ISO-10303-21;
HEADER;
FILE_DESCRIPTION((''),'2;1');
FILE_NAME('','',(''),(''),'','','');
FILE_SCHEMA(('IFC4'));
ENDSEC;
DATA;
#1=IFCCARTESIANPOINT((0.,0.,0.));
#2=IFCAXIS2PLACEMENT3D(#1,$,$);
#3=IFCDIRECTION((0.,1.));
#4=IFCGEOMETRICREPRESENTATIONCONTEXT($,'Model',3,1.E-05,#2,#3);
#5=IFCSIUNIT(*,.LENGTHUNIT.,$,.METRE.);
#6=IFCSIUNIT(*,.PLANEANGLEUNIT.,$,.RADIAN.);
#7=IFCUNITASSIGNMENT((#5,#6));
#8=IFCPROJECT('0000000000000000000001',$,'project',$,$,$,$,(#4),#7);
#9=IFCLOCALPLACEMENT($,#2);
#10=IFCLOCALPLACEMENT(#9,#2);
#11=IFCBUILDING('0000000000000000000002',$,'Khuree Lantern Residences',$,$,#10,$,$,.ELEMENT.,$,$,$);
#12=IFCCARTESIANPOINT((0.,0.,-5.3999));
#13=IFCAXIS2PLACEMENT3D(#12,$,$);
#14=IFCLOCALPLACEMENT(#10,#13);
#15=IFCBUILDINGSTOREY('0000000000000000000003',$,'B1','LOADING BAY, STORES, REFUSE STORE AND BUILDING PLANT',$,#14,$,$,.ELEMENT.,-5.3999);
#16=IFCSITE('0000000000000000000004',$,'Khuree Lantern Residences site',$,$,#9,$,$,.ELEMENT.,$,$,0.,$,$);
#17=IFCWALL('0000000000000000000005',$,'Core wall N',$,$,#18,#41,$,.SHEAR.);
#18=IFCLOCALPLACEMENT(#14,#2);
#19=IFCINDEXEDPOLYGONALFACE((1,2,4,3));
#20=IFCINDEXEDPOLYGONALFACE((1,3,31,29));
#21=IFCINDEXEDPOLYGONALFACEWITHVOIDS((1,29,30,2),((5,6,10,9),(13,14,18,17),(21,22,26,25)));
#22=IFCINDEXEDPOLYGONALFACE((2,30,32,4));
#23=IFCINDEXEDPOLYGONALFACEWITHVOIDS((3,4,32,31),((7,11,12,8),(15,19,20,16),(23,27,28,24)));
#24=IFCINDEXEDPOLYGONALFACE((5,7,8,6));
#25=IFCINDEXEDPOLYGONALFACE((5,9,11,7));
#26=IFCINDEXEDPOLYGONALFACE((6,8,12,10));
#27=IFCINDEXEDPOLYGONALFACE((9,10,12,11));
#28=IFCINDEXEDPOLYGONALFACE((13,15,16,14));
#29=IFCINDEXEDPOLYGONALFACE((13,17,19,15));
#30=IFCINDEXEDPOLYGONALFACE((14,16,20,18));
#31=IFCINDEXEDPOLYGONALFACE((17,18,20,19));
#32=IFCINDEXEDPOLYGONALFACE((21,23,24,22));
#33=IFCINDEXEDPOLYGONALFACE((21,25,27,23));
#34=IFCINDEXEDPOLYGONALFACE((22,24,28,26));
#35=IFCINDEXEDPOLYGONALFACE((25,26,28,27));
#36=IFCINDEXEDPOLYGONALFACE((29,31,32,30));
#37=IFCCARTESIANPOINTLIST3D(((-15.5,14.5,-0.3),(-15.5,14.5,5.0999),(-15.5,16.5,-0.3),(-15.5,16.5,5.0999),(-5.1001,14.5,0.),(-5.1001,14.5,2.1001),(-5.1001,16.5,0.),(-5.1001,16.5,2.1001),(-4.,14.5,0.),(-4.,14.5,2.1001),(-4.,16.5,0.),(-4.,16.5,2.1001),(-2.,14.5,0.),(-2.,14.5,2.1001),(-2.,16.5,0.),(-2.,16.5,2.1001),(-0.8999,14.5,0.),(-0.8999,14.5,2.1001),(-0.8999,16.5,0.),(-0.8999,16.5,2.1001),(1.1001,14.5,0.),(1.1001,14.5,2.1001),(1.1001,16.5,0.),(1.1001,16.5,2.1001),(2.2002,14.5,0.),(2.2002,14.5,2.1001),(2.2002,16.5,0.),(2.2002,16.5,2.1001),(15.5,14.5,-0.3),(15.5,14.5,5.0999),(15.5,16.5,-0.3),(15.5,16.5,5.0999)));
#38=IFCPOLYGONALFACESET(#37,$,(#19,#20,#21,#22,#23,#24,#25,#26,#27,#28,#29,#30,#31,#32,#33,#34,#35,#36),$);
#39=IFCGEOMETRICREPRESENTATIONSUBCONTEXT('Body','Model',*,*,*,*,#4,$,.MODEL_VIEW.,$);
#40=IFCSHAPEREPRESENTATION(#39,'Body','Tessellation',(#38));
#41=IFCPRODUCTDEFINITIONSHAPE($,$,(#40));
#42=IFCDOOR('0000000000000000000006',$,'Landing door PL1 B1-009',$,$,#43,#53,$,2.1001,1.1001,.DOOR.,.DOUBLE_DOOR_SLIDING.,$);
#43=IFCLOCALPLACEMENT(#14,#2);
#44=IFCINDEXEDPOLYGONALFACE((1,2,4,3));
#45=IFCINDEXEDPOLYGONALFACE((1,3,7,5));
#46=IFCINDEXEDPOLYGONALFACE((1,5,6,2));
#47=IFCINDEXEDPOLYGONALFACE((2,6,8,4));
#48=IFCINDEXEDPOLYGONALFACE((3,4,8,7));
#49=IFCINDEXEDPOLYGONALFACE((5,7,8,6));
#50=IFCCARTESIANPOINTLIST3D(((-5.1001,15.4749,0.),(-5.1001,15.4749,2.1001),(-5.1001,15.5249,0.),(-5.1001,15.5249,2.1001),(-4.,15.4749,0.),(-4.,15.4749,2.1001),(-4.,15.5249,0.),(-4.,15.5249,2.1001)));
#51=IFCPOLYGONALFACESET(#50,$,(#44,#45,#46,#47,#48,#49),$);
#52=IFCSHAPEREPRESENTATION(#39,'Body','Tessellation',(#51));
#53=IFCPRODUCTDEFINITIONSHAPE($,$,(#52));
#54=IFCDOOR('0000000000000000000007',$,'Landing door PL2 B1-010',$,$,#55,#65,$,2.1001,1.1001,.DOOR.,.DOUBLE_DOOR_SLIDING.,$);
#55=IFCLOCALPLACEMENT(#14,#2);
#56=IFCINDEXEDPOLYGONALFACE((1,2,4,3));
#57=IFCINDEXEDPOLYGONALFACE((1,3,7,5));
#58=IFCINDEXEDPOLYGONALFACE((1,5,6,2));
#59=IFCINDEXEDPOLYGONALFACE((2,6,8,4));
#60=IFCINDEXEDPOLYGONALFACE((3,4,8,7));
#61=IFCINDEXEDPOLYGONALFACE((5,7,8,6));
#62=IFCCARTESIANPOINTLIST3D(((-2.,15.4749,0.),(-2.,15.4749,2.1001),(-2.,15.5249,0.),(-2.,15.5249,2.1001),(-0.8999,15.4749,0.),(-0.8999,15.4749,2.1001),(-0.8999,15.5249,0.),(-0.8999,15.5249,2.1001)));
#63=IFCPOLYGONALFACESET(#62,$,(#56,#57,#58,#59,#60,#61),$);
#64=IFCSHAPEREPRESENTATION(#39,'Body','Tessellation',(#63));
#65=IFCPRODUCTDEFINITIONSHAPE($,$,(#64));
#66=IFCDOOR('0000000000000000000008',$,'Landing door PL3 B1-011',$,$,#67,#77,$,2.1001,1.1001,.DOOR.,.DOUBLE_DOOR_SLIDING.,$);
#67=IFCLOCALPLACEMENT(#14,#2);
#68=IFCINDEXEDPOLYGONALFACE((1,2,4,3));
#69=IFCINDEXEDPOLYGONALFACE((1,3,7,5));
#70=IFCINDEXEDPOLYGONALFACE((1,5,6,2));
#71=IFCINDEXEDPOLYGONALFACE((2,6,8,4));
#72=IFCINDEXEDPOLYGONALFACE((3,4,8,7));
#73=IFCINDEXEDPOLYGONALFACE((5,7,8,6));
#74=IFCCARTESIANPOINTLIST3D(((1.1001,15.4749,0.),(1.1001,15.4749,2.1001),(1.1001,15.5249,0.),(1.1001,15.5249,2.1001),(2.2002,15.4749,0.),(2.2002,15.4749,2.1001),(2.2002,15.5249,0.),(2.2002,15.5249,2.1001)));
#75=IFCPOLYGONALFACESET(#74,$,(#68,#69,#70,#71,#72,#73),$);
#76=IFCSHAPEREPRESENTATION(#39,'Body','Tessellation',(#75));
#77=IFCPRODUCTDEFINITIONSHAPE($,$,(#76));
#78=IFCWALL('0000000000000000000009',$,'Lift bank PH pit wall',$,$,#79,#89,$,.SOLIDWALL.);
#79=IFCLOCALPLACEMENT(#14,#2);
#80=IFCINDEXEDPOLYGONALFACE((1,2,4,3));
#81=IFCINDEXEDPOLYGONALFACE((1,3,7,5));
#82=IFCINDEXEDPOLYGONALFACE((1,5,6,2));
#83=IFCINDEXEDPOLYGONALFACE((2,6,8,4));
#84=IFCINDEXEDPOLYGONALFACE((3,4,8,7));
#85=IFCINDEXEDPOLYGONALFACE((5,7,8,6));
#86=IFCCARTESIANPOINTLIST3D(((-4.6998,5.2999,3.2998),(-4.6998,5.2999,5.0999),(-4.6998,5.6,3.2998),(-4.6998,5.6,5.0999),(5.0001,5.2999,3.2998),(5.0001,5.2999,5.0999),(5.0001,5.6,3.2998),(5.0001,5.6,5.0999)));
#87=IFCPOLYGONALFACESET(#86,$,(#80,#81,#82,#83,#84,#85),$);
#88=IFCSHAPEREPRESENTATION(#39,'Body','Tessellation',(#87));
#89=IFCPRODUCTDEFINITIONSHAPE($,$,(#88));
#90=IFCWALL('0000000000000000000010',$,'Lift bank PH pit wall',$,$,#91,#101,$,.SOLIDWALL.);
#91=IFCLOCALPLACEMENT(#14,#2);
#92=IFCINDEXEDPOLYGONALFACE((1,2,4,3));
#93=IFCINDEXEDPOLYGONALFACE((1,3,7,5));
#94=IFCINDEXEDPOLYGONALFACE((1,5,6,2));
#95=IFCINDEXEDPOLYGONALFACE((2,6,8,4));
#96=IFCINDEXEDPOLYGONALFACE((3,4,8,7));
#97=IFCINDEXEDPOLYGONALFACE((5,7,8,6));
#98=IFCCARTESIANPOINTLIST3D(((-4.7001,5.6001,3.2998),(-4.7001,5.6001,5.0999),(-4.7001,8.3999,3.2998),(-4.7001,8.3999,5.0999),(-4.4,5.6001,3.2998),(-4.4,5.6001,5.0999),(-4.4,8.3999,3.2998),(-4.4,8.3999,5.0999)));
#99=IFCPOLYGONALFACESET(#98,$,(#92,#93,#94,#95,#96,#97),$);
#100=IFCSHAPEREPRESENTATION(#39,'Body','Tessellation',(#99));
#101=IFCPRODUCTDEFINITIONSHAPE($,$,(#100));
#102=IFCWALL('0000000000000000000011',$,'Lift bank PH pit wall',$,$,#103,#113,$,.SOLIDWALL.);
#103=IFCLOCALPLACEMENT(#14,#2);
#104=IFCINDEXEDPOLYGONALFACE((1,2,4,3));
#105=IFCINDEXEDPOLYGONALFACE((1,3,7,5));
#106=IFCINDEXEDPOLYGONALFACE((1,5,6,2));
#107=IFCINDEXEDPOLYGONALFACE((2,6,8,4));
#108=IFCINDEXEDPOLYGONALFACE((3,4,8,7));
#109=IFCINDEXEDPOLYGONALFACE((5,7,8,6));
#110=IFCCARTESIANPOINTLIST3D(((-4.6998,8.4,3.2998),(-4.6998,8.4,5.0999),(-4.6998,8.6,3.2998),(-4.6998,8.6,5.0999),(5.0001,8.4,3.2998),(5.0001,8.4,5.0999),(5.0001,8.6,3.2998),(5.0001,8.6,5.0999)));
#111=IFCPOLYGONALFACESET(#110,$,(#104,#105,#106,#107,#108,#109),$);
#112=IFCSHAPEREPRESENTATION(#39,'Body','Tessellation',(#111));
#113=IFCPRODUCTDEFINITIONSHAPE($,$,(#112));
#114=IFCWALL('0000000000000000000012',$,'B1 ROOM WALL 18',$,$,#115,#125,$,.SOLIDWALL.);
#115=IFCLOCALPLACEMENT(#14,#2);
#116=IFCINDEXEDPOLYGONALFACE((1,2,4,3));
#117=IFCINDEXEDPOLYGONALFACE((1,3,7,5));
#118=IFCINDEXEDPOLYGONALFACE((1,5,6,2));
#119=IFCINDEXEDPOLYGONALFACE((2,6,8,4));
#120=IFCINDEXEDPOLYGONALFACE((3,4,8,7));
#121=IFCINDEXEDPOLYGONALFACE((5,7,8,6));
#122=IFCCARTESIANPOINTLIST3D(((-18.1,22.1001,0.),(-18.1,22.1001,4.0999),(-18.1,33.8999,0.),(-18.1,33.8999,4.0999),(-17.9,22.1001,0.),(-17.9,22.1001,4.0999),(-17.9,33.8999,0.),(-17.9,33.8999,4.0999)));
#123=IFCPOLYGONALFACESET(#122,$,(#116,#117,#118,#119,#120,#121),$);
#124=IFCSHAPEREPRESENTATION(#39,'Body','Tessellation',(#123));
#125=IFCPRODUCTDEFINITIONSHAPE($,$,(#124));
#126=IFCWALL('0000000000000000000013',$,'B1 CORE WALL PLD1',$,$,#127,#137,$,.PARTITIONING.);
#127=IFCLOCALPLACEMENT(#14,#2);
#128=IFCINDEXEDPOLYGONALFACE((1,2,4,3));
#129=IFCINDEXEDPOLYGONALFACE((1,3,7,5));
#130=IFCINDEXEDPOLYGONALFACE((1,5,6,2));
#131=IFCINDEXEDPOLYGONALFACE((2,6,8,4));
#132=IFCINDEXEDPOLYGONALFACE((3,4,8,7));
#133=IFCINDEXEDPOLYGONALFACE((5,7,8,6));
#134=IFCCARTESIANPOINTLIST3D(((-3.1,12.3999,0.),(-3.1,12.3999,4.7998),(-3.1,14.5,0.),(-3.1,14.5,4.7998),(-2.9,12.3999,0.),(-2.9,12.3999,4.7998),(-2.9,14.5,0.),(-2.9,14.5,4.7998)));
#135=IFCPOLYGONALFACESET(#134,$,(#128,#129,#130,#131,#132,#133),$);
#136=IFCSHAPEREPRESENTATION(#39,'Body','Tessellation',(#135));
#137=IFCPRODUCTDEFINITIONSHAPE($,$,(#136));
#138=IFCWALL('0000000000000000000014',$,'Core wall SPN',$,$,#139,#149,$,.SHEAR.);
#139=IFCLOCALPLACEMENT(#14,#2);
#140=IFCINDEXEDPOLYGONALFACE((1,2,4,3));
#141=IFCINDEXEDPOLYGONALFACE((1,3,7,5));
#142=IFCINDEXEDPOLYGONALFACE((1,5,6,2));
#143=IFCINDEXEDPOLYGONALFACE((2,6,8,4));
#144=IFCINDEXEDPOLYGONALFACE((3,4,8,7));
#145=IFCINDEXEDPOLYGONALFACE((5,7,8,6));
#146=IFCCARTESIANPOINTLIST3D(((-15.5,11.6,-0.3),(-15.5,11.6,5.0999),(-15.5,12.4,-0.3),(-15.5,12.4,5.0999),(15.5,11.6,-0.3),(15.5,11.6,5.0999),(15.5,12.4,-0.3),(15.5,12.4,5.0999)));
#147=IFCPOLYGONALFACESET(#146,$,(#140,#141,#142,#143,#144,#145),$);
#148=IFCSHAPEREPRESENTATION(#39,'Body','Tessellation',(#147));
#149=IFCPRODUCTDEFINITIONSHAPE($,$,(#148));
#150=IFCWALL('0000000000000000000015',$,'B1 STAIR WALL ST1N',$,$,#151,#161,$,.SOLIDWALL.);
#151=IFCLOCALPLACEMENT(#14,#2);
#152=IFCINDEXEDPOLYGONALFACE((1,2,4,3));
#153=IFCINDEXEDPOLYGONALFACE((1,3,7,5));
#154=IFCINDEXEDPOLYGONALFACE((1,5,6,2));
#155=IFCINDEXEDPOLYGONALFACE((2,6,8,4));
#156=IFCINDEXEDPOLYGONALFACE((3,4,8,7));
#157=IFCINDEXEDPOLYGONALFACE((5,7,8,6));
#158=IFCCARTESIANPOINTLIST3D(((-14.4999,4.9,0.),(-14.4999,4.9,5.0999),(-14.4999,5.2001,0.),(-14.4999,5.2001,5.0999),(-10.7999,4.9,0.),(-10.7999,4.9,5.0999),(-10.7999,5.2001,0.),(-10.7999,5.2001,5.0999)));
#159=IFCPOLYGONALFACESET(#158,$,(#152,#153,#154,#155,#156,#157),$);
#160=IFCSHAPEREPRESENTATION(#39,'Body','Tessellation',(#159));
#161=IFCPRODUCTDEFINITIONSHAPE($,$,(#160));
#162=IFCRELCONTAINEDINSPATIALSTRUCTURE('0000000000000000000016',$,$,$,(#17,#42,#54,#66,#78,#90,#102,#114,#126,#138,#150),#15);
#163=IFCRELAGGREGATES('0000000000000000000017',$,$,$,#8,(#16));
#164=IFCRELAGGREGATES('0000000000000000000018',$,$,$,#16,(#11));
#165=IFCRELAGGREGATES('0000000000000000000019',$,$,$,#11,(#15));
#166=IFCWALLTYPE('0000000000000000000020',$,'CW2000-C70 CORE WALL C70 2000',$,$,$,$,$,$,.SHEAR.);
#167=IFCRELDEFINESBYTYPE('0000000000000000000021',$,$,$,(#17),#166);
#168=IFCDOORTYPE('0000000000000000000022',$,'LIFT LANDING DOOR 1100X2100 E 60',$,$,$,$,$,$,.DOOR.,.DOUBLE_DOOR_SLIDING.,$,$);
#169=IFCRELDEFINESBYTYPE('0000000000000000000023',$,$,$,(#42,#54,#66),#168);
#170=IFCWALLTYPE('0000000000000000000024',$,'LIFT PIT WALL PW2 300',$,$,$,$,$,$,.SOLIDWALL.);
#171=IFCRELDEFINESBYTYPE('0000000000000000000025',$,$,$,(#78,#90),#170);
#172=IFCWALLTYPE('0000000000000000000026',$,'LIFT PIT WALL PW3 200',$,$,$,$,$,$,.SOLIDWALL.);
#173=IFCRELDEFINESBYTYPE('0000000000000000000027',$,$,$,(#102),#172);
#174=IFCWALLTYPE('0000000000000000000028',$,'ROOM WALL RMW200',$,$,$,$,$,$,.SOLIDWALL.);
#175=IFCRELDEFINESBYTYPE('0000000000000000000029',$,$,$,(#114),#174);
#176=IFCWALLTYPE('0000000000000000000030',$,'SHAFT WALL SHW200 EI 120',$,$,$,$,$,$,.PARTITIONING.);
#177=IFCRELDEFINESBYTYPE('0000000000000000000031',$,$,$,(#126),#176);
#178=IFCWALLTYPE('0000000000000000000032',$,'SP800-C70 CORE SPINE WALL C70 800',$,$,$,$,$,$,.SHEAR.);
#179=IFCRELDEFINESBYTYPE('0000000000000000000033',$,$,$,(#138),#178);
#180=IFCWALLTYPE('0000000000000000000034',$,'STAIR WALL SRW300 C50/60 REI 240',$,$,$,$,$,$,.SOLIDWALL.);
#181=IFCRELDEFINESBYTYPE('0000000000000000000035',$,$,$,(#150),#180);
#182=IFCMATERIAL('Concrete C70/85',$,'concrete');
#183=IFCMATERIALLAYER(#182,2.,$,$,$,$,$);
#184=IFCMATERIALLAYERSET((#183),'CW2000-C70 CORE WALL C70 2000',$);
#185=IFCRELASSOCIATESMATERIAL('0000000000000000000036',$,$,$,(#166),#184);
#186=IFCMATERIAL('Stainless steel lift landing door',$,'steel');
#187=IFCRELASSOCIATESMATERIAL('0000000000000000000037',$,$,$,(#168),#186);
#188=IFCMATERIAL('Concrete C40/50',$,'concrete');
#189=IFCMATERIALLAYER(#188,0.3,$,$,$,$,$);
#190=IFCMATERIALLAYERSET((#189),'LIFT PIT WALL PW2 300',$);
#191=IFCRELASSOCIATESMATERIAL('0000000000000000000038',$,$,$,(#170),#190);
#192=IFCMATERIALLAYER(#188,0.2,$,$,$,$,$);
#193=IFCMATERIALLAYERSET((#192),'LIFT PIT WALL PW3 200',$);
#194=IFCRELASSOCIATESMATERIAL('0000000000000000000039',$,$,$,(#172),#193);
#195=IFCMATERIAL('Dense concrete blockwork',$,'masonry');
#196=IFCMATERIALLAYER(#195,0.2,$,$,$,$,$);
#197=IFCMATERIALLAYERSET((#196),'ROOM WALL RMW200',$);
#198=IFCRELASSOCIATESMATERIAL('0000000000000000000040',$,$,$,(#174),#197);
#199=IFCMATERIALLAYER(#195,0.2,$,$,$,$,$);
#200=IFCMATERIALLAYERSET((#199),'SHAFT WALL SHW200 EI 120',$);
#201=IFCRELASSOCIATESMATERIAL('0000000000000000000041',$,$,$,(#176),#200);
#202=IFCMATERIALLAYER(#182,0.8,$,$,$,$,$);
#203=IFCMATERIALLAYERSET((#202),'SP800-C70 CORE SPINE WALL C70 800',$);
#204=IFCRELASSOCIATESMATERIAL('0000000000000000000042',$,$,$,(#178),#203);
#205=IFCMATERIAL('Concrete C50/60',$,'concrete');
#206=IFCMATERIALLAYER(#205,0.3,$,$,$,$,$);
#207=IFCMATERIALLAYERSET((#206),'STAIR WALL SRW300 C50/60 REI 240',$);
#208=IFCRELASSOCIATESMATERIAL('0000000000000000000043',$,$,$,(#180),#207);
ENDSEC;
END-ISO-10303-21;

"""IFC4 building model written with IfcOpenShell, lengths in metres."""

from ifc_helpers import new_model, si_unit, direction, frame, frame_2d, origin, place, context, subcontext, project, spatial, rectangle, extrude, material, layer, layer_set, type_object, element, fill, save


model = new_model("IFC4")

# Units and contexts
model_context = context("Model", 3, precision=1e-05, world=origin(), true_north=direction((0.0, 1.0)))
body_context = subcontext(model_context, "Body", "Model", "MODEL_VIEW")
ifc_project = project(units=[si_unit("LENGTHUNIT", "METRE"), si_unit("PLANEANGLEUNIT", "RADIAN")], contexts=[model_context])

# Site, building, storey
site_placement = place(None, origin())
site = spatial("IfcSite", under=ifc_project, at=site_placement, Name="Khuree Lantern Residences site", CompositionType="ELEMENT", RefElevation=0.0)
building_placement = place(site_placement, origin())
building = spatial("IfcBuilding", under=site, at=building_placement, Name="Khuree Lantern Residences", CompositionType="ELEMENT")
storey_placement = place(building_placement, frame((0.0, 0.0, -5.3999)))
storey = spatial("IfcBuildingStorey", under=building, at=storey_placement, Name="B1", Description="LOADING BAY, STORES, REFUSE STORE AND BUILDING PLANT", CompositionType="ELEMENT", Elevation=-5.3999)

# Shared definitions
ifc_material_1 = material(Name="Concrete C70/85", Category="concrete")

# Shared definitions
ifc_material_2 = material(Name="Concrete C40/50", Category="concrete")

# Shared definitions
ifc_material_3 = material(Name="Dense concrete blockwork", Category="masonry")

# Wall, openings, doors
ifc_layer_1 = layer(ifc_material_1, 2.0)
ifc_layer_set_1 = layer_set([ifc_layer_1], Name="CW2000-C70 CORE WALL C70 2000")
wall_type_1 = type_object("IfcWallType", Name="CW2000-C70 CORE WALL C70 2000", PredefinedType="SHEAR", material=ifc_layer_set_1)
wall_1_placement = place(storey_placement, frame((-15.5, 15.5, -0.3), z_axis=(0.0, 0.0, 1.0), x_axis=(1.0, 0.0, 0.0)))
wall_1 = element("IfcWall", 1, at=wall_1_placement, inside=storey, type_object=wall_type_1, Name="Core wall N", PredefinedType="SHEAR", context=body_context, shape_type="SweptSolid", body=[
    extrude(rectangle(XDim=31.0, YDim=2.0, at=frame_2d((15.5, 0.0))), origin(), (0.0, 0.0, 1.0), 5.3999),
])
opening_1_placement = place(wall_1_placement, frame((10.3999, 0.0, 0.3)))
opening_1 = element("IfcOpeningElement", 2, at=opening_1_placement, cuts=wall_1, PredefinedType="OPENING", context=body_context, shape_type="SweptSolid", body=[
    extrude(rectangle(XDim=1.1001, YDim=2.1001, at=frame_2d((0.55, 1.05))), frame((0.0, 1.01, 0.0), z_axis=(0.0, -1.0, 0.0), x_axis=(1.0, 0.0, 0.0)), (0.0, 0.0, 1.0), 2.02),
])
opening_2_placement = place(wall_1_placement, frame((13.5, 0.0, 0.3)))
opening_2 = element("IfcOpeningElement", 3, at=opening_2_placement, cuts=wall_1, PredefinedType="OPENING", context=body_context, shape_type="SweptSolid", body=[
    extrude(rectangle(XDim=1.1001, YDim=2.1001, at=frame_2d((0.55, 1.05))), frame((0.0, 1.01, 0.0), z_axis=(0.0, -1.0, 0.0), x_axis=(1.0, 0.0, 0.0)), (0.0, 0.0, 1.0), 2.02),
])
opening_3_placement = place(wall_1_placement, frame((16.6001, 0.0, 0.3)))
opening_3 = element("IfcOpeningElement", 4, at=opening_3_placement, cuts=wall_1, PredefinedType="OPENING", context=body_context, shape_type="SweptSolid", body=[
    extrude(rectangle(XDim=1.1001, YDim=2.1001, at=frame_2d((0.55, 1.05))), frame((0.0, 1.01, 0.0), z_axis=(0.0, -1.0, 0.0), x_axis=(1.0, 0.0, 0.0)), (0.0, 0.0, 1.0), 2.02),
])
ifc_material_4 = material(Name="Stainless steel lift landing door", Category="steel")
door_type_1 = type_object("IfcDoorType", Name="LIFT LANDING DOOR 1100X2100 E 60", OperationType="DOUBLE_DOOR_SLIDING", PredefinedType="DOOR", material=ifc_material_4)
door_1_placement = place(opening_1_placement, origin())
door_1 = element("IfcDoor", 5, at=door_1_placement, inside=storey, type_object=door_type_1, Name="Landing door PL1 B1-009", OperationType="DOUBLE_DOOR_SLIDING", OverallHeight=2.1001, OverallWidth=1.1001, PredefinedType="DOOR", context=body_context, shape_type="SweptSolid", body=[
    extrude(rectangle(XDim=1.1001, YDim=2.1001, at=frame_2d((0.55, 1.05))), frame((0.0, 0.0249, 0.0), z_axis=(0.0, -1.0, 0.0), x_axis=(1.0, 0.0, 0.0)), (0.0, 0.0, 1.0), 0.05),
])
fill(opening_1, door_1)
door_2_placement = place(opening_2_placement, origin())
door_2 = element("IfcDoor", 6, at=door_2_placement, inside=storey, type_object=door_type_1, Name="Landing door PL2 B1-010", OperationType="DOUBLE_DOOR_SLIDING", OverallHeight=2.1001, OverallWidth=1.1001, PredefinedType="DOOR", context=body_context, shape_type="SweptSolid", body=[
    extrude(rectangle(XDim=1.1001, YDim=2.1001, at=frame_2d((0.55, 1.05))), frame((0.0, 0.0249, 0.0), z_axis=(0.0, -1.0, 0.0), x_axis=(1.0, 0.0, 0.0)), (0.0, 0.0, 1.0), 0.05),
])
fill(opening_2, door_2)
door_3_placement = place(opening_3_placement, origin())
door_3 = element("IfcDoor", 7, at=door_3_placement, inside=storey, type_object=door_type_1, Name="Landing door PL3 B1-011", OperationType="DOUBLE_DOOR_SLIDING", OverallHeight=2.1001, OverallWidth=1.1001, PredefinedType="DOOR", context=body_context, shape_type="SweptSolid", body=[
    extrude(rectangle(XDim=1.1001, YDim=2.1001, at=frame_2d((0.55, 1.05))), frame((0.0, 0.0249, 0.0), z_axis=(0.0, -1.0, 0.0), x_axis=(1.0, 0.0, 0.0)), (0.0, 0.0, 1.0), 0.05),
])
fill(opening_3, door_3)

# Walls
ifc_layer_2 = layer(ifc_material_2, 0.3)
ifc_layer_set_2 = layer_set([ifc_layer_2], Name="LIFT PIT WALL PW2 300")
wall_type_2 = type_object("IfcWallType", Name="LIFT PIT WALL PW2 300", PredefinedType="SOLIDWALL", material=ifc_layer_set_2)
wall_2_placement = place(storey_placement, frame((-4.7, 5.45, 3.2998), z_axis=(0.0, 0.0, 1.0), x_axis=(1.0, 0.0, 0.0)))
element("IfcWall", 8, at=wall_2_placement, inside=storey, type_object=wall_type_2, Name="Lift bank PH pit wall", PredefinedType="SOLIDWALL", context=body_context, shape_type="SweptSolid", body=[
    extrude(rectangle(XDim=9.7, YDim=0.3, at=frame_2d((4.8501, 0.0))), origin(), (0.0, 0.0, 1.0), 1.8),
])
wall_3_placement = place(storey_placement, frame((-4.55, 5.6001, 3.2998), z_axis=(0.0, 0.0, 1.0), x_axis=(0.0, 1.0, 0.0)))
element("IfcWall", 9, at=wall_3_placement, inside=storey, type_object=wall_type_2, Name="Lift bank PH pit wall", PredefinedType="SOLIDWALL", context=body_context, shape_type="SweptSolid", body=[
    extrude(rectangle(XDim=2.7998, YDim=0.3, at=frame_2d((1.3999, 0.0))), origin(), (0.0, 0.0, 1.0), 1.8),
])
ifc_layer_3 = layer(ifc_material_2, 0.2)
ifc_layer_set_3 = layer_set([ifc_layer_3], Name="LIFT PIT WALL PW3 200")
wall_type_3 = type_object("IfcWallType", Name="LIFT PIT WALL PW3 200", PredefinedType="SOLIDWALL", material=ifc_layer_set_3)
wall_4_placement = place(storey_placement, frame((-4.7, 8.5, 3.2998), z_axis=(0.0, 0.0, 1.0), x_axis=(1.0, 0.0, 0.0)))
element("IfcWall", 10, at=wall_4_placement, inside=storey, type_object=wall_type_3, Name="Lift bank PH pit wall", PredefinedType="SOLIDWALL", context=body_context, shape_type="SweptSolid", body=[
    extrude(rectangle(XDim=9.7, YDim=0.2, at=frame_2d((4.8501, 0.0))), origin(), (0.0, 0.0, 1.0), 1.8),
])
ifc_layer_4 = layer(ifc_material_3, 0.2)
ifc_layer_set_4 = layer_set([ifc_layer_4], Name="ROOM WALL RMW200")
wall_type_4 = type_object("IfcWallType", Name="ROOM WALL RMW200", PredefinedType="SOLIDWALL", material=ifc_layer_set_4)
wall_5_placement = place(storey_placement, frame((-18.0, 22.1001, 0.0), z_axis=(0.0, 0.0, 1.0), x_axis=(0.0, 1.0, 0.0)))
element("IfcWall", 11, at=wall_5_placement, inside=storey, type_object=wall_type_4, Name="B1 ROOM WALL 18", PredefinedType="SOLIDWALL", context=body_context, shape_type="SweptSolid", body=[
    extrude(rectangle(XDim=11.7998, YDim=0.2, at=frame_2d((5.8999, 0.0))), origin(), (0.0, 0.0, 1.0), 4.0999),
])
ifc_layer_5 = layer(ifc_material_3, 0.2)
ifc_layer_set_5 = layer_set([ifc_layer_5], Name="SHAFT WALL SHW200 EI 120")
wall_type_5 = type_object("IfcWallType", Name="SHAFT WALL SHW200 EI 120", PredefinedType="PARTITIONING", material=ifc_layer_set_5)
wall_6_placement = place(storey_placement, frame((-3.0, 12.3999, 0.0), z_axis=(0.0, 0.0, 1.0), x_axis=(0.0, 1.0, 0.0)))
element("IfcWall", 12, at=wall_6_placement, inside=storey, type_object=wall_type_5, Name="B1 CORE WALL PLD1", PredefinedType="PARTITIONING", context=body_context, shape_type="SweptSolid", body=[
    extrude(rectangle(XDim=2.1001, YDim=0.2, at=frame_2d((1.05, 0.0))), origin(), (0.0, 0.0, 1.0), 4.7998),
])
ifc_layer_6 = layer(ifc_material_1, 0.8)
ifc_layer_set_6 = layer_set([ifc_layer_6], Name="SP800-C70 CORE SPINE WALL C70 800")
wall_type_6 = type_object("IfcWallType", Name="SP800-C70 CORE SPINE WALL C70 800", PredefinedType="SHEAR", material=ifc_layer_set_6)
wall_7_placement = place(storey_placement, frame((-15.5, 12.0, -0.3), z_axis=(0.0, 0.0, 1.0), x_axis=(1.0, 0.0, 0.0)))
element("IfcWall", 13, at=wall_7_placement, inside=storey, type_object=wall_type_6, Name="Core wall SPN", PredefinedType="SHEAR", context=body_context, shape_type="SweptSolid", body=[
    extrude(rectangle(XDim=31.0, YDim=0.8, at=frame_2d((15.5, 0.0))), origin(), (0.0, 0.0, 1.0), 5.3999),
])
ifc_material_5 = material(Name="Concrete C50/60", Category="concrete")
ifc_layer_7 = layer(ifc_material_5, 0.3)
ifc_layer_set_7 = layer_set([ifc_layer_7], Name="STAIR WALL SRW300 C50/60 REI 240")
wall_type_7 = type_object("IfcWallType", Name="STAIR WALL SRW300 C50/60 REI 240", PredefinedType="SOLIDWALL", material=ifc_layer_set_7)
wall_8_placement = place(storey_placement, frame((-14.5, 5.05, 0.0), z_axis=(0.0, 0.0, 1.0), x_axis=(1.0, 0.0, 0.0)))
element("IfcWall", 14, at=wall_8_placement, inside=storey, type_object=wall_type_7, Name="B1 STAIR WALL ST1N", PredefinedType="SOLIDWALL", context=body_context, shape_type="SweptSolid", body=[
    extrude(rectangle(XDim=3.7, YDim=0.3, at=frame_2d((1.8501, 0.0))), origin(), (0.0, 0.0, 1.0), 5.0999),
])

save(model, "model.ifc")
